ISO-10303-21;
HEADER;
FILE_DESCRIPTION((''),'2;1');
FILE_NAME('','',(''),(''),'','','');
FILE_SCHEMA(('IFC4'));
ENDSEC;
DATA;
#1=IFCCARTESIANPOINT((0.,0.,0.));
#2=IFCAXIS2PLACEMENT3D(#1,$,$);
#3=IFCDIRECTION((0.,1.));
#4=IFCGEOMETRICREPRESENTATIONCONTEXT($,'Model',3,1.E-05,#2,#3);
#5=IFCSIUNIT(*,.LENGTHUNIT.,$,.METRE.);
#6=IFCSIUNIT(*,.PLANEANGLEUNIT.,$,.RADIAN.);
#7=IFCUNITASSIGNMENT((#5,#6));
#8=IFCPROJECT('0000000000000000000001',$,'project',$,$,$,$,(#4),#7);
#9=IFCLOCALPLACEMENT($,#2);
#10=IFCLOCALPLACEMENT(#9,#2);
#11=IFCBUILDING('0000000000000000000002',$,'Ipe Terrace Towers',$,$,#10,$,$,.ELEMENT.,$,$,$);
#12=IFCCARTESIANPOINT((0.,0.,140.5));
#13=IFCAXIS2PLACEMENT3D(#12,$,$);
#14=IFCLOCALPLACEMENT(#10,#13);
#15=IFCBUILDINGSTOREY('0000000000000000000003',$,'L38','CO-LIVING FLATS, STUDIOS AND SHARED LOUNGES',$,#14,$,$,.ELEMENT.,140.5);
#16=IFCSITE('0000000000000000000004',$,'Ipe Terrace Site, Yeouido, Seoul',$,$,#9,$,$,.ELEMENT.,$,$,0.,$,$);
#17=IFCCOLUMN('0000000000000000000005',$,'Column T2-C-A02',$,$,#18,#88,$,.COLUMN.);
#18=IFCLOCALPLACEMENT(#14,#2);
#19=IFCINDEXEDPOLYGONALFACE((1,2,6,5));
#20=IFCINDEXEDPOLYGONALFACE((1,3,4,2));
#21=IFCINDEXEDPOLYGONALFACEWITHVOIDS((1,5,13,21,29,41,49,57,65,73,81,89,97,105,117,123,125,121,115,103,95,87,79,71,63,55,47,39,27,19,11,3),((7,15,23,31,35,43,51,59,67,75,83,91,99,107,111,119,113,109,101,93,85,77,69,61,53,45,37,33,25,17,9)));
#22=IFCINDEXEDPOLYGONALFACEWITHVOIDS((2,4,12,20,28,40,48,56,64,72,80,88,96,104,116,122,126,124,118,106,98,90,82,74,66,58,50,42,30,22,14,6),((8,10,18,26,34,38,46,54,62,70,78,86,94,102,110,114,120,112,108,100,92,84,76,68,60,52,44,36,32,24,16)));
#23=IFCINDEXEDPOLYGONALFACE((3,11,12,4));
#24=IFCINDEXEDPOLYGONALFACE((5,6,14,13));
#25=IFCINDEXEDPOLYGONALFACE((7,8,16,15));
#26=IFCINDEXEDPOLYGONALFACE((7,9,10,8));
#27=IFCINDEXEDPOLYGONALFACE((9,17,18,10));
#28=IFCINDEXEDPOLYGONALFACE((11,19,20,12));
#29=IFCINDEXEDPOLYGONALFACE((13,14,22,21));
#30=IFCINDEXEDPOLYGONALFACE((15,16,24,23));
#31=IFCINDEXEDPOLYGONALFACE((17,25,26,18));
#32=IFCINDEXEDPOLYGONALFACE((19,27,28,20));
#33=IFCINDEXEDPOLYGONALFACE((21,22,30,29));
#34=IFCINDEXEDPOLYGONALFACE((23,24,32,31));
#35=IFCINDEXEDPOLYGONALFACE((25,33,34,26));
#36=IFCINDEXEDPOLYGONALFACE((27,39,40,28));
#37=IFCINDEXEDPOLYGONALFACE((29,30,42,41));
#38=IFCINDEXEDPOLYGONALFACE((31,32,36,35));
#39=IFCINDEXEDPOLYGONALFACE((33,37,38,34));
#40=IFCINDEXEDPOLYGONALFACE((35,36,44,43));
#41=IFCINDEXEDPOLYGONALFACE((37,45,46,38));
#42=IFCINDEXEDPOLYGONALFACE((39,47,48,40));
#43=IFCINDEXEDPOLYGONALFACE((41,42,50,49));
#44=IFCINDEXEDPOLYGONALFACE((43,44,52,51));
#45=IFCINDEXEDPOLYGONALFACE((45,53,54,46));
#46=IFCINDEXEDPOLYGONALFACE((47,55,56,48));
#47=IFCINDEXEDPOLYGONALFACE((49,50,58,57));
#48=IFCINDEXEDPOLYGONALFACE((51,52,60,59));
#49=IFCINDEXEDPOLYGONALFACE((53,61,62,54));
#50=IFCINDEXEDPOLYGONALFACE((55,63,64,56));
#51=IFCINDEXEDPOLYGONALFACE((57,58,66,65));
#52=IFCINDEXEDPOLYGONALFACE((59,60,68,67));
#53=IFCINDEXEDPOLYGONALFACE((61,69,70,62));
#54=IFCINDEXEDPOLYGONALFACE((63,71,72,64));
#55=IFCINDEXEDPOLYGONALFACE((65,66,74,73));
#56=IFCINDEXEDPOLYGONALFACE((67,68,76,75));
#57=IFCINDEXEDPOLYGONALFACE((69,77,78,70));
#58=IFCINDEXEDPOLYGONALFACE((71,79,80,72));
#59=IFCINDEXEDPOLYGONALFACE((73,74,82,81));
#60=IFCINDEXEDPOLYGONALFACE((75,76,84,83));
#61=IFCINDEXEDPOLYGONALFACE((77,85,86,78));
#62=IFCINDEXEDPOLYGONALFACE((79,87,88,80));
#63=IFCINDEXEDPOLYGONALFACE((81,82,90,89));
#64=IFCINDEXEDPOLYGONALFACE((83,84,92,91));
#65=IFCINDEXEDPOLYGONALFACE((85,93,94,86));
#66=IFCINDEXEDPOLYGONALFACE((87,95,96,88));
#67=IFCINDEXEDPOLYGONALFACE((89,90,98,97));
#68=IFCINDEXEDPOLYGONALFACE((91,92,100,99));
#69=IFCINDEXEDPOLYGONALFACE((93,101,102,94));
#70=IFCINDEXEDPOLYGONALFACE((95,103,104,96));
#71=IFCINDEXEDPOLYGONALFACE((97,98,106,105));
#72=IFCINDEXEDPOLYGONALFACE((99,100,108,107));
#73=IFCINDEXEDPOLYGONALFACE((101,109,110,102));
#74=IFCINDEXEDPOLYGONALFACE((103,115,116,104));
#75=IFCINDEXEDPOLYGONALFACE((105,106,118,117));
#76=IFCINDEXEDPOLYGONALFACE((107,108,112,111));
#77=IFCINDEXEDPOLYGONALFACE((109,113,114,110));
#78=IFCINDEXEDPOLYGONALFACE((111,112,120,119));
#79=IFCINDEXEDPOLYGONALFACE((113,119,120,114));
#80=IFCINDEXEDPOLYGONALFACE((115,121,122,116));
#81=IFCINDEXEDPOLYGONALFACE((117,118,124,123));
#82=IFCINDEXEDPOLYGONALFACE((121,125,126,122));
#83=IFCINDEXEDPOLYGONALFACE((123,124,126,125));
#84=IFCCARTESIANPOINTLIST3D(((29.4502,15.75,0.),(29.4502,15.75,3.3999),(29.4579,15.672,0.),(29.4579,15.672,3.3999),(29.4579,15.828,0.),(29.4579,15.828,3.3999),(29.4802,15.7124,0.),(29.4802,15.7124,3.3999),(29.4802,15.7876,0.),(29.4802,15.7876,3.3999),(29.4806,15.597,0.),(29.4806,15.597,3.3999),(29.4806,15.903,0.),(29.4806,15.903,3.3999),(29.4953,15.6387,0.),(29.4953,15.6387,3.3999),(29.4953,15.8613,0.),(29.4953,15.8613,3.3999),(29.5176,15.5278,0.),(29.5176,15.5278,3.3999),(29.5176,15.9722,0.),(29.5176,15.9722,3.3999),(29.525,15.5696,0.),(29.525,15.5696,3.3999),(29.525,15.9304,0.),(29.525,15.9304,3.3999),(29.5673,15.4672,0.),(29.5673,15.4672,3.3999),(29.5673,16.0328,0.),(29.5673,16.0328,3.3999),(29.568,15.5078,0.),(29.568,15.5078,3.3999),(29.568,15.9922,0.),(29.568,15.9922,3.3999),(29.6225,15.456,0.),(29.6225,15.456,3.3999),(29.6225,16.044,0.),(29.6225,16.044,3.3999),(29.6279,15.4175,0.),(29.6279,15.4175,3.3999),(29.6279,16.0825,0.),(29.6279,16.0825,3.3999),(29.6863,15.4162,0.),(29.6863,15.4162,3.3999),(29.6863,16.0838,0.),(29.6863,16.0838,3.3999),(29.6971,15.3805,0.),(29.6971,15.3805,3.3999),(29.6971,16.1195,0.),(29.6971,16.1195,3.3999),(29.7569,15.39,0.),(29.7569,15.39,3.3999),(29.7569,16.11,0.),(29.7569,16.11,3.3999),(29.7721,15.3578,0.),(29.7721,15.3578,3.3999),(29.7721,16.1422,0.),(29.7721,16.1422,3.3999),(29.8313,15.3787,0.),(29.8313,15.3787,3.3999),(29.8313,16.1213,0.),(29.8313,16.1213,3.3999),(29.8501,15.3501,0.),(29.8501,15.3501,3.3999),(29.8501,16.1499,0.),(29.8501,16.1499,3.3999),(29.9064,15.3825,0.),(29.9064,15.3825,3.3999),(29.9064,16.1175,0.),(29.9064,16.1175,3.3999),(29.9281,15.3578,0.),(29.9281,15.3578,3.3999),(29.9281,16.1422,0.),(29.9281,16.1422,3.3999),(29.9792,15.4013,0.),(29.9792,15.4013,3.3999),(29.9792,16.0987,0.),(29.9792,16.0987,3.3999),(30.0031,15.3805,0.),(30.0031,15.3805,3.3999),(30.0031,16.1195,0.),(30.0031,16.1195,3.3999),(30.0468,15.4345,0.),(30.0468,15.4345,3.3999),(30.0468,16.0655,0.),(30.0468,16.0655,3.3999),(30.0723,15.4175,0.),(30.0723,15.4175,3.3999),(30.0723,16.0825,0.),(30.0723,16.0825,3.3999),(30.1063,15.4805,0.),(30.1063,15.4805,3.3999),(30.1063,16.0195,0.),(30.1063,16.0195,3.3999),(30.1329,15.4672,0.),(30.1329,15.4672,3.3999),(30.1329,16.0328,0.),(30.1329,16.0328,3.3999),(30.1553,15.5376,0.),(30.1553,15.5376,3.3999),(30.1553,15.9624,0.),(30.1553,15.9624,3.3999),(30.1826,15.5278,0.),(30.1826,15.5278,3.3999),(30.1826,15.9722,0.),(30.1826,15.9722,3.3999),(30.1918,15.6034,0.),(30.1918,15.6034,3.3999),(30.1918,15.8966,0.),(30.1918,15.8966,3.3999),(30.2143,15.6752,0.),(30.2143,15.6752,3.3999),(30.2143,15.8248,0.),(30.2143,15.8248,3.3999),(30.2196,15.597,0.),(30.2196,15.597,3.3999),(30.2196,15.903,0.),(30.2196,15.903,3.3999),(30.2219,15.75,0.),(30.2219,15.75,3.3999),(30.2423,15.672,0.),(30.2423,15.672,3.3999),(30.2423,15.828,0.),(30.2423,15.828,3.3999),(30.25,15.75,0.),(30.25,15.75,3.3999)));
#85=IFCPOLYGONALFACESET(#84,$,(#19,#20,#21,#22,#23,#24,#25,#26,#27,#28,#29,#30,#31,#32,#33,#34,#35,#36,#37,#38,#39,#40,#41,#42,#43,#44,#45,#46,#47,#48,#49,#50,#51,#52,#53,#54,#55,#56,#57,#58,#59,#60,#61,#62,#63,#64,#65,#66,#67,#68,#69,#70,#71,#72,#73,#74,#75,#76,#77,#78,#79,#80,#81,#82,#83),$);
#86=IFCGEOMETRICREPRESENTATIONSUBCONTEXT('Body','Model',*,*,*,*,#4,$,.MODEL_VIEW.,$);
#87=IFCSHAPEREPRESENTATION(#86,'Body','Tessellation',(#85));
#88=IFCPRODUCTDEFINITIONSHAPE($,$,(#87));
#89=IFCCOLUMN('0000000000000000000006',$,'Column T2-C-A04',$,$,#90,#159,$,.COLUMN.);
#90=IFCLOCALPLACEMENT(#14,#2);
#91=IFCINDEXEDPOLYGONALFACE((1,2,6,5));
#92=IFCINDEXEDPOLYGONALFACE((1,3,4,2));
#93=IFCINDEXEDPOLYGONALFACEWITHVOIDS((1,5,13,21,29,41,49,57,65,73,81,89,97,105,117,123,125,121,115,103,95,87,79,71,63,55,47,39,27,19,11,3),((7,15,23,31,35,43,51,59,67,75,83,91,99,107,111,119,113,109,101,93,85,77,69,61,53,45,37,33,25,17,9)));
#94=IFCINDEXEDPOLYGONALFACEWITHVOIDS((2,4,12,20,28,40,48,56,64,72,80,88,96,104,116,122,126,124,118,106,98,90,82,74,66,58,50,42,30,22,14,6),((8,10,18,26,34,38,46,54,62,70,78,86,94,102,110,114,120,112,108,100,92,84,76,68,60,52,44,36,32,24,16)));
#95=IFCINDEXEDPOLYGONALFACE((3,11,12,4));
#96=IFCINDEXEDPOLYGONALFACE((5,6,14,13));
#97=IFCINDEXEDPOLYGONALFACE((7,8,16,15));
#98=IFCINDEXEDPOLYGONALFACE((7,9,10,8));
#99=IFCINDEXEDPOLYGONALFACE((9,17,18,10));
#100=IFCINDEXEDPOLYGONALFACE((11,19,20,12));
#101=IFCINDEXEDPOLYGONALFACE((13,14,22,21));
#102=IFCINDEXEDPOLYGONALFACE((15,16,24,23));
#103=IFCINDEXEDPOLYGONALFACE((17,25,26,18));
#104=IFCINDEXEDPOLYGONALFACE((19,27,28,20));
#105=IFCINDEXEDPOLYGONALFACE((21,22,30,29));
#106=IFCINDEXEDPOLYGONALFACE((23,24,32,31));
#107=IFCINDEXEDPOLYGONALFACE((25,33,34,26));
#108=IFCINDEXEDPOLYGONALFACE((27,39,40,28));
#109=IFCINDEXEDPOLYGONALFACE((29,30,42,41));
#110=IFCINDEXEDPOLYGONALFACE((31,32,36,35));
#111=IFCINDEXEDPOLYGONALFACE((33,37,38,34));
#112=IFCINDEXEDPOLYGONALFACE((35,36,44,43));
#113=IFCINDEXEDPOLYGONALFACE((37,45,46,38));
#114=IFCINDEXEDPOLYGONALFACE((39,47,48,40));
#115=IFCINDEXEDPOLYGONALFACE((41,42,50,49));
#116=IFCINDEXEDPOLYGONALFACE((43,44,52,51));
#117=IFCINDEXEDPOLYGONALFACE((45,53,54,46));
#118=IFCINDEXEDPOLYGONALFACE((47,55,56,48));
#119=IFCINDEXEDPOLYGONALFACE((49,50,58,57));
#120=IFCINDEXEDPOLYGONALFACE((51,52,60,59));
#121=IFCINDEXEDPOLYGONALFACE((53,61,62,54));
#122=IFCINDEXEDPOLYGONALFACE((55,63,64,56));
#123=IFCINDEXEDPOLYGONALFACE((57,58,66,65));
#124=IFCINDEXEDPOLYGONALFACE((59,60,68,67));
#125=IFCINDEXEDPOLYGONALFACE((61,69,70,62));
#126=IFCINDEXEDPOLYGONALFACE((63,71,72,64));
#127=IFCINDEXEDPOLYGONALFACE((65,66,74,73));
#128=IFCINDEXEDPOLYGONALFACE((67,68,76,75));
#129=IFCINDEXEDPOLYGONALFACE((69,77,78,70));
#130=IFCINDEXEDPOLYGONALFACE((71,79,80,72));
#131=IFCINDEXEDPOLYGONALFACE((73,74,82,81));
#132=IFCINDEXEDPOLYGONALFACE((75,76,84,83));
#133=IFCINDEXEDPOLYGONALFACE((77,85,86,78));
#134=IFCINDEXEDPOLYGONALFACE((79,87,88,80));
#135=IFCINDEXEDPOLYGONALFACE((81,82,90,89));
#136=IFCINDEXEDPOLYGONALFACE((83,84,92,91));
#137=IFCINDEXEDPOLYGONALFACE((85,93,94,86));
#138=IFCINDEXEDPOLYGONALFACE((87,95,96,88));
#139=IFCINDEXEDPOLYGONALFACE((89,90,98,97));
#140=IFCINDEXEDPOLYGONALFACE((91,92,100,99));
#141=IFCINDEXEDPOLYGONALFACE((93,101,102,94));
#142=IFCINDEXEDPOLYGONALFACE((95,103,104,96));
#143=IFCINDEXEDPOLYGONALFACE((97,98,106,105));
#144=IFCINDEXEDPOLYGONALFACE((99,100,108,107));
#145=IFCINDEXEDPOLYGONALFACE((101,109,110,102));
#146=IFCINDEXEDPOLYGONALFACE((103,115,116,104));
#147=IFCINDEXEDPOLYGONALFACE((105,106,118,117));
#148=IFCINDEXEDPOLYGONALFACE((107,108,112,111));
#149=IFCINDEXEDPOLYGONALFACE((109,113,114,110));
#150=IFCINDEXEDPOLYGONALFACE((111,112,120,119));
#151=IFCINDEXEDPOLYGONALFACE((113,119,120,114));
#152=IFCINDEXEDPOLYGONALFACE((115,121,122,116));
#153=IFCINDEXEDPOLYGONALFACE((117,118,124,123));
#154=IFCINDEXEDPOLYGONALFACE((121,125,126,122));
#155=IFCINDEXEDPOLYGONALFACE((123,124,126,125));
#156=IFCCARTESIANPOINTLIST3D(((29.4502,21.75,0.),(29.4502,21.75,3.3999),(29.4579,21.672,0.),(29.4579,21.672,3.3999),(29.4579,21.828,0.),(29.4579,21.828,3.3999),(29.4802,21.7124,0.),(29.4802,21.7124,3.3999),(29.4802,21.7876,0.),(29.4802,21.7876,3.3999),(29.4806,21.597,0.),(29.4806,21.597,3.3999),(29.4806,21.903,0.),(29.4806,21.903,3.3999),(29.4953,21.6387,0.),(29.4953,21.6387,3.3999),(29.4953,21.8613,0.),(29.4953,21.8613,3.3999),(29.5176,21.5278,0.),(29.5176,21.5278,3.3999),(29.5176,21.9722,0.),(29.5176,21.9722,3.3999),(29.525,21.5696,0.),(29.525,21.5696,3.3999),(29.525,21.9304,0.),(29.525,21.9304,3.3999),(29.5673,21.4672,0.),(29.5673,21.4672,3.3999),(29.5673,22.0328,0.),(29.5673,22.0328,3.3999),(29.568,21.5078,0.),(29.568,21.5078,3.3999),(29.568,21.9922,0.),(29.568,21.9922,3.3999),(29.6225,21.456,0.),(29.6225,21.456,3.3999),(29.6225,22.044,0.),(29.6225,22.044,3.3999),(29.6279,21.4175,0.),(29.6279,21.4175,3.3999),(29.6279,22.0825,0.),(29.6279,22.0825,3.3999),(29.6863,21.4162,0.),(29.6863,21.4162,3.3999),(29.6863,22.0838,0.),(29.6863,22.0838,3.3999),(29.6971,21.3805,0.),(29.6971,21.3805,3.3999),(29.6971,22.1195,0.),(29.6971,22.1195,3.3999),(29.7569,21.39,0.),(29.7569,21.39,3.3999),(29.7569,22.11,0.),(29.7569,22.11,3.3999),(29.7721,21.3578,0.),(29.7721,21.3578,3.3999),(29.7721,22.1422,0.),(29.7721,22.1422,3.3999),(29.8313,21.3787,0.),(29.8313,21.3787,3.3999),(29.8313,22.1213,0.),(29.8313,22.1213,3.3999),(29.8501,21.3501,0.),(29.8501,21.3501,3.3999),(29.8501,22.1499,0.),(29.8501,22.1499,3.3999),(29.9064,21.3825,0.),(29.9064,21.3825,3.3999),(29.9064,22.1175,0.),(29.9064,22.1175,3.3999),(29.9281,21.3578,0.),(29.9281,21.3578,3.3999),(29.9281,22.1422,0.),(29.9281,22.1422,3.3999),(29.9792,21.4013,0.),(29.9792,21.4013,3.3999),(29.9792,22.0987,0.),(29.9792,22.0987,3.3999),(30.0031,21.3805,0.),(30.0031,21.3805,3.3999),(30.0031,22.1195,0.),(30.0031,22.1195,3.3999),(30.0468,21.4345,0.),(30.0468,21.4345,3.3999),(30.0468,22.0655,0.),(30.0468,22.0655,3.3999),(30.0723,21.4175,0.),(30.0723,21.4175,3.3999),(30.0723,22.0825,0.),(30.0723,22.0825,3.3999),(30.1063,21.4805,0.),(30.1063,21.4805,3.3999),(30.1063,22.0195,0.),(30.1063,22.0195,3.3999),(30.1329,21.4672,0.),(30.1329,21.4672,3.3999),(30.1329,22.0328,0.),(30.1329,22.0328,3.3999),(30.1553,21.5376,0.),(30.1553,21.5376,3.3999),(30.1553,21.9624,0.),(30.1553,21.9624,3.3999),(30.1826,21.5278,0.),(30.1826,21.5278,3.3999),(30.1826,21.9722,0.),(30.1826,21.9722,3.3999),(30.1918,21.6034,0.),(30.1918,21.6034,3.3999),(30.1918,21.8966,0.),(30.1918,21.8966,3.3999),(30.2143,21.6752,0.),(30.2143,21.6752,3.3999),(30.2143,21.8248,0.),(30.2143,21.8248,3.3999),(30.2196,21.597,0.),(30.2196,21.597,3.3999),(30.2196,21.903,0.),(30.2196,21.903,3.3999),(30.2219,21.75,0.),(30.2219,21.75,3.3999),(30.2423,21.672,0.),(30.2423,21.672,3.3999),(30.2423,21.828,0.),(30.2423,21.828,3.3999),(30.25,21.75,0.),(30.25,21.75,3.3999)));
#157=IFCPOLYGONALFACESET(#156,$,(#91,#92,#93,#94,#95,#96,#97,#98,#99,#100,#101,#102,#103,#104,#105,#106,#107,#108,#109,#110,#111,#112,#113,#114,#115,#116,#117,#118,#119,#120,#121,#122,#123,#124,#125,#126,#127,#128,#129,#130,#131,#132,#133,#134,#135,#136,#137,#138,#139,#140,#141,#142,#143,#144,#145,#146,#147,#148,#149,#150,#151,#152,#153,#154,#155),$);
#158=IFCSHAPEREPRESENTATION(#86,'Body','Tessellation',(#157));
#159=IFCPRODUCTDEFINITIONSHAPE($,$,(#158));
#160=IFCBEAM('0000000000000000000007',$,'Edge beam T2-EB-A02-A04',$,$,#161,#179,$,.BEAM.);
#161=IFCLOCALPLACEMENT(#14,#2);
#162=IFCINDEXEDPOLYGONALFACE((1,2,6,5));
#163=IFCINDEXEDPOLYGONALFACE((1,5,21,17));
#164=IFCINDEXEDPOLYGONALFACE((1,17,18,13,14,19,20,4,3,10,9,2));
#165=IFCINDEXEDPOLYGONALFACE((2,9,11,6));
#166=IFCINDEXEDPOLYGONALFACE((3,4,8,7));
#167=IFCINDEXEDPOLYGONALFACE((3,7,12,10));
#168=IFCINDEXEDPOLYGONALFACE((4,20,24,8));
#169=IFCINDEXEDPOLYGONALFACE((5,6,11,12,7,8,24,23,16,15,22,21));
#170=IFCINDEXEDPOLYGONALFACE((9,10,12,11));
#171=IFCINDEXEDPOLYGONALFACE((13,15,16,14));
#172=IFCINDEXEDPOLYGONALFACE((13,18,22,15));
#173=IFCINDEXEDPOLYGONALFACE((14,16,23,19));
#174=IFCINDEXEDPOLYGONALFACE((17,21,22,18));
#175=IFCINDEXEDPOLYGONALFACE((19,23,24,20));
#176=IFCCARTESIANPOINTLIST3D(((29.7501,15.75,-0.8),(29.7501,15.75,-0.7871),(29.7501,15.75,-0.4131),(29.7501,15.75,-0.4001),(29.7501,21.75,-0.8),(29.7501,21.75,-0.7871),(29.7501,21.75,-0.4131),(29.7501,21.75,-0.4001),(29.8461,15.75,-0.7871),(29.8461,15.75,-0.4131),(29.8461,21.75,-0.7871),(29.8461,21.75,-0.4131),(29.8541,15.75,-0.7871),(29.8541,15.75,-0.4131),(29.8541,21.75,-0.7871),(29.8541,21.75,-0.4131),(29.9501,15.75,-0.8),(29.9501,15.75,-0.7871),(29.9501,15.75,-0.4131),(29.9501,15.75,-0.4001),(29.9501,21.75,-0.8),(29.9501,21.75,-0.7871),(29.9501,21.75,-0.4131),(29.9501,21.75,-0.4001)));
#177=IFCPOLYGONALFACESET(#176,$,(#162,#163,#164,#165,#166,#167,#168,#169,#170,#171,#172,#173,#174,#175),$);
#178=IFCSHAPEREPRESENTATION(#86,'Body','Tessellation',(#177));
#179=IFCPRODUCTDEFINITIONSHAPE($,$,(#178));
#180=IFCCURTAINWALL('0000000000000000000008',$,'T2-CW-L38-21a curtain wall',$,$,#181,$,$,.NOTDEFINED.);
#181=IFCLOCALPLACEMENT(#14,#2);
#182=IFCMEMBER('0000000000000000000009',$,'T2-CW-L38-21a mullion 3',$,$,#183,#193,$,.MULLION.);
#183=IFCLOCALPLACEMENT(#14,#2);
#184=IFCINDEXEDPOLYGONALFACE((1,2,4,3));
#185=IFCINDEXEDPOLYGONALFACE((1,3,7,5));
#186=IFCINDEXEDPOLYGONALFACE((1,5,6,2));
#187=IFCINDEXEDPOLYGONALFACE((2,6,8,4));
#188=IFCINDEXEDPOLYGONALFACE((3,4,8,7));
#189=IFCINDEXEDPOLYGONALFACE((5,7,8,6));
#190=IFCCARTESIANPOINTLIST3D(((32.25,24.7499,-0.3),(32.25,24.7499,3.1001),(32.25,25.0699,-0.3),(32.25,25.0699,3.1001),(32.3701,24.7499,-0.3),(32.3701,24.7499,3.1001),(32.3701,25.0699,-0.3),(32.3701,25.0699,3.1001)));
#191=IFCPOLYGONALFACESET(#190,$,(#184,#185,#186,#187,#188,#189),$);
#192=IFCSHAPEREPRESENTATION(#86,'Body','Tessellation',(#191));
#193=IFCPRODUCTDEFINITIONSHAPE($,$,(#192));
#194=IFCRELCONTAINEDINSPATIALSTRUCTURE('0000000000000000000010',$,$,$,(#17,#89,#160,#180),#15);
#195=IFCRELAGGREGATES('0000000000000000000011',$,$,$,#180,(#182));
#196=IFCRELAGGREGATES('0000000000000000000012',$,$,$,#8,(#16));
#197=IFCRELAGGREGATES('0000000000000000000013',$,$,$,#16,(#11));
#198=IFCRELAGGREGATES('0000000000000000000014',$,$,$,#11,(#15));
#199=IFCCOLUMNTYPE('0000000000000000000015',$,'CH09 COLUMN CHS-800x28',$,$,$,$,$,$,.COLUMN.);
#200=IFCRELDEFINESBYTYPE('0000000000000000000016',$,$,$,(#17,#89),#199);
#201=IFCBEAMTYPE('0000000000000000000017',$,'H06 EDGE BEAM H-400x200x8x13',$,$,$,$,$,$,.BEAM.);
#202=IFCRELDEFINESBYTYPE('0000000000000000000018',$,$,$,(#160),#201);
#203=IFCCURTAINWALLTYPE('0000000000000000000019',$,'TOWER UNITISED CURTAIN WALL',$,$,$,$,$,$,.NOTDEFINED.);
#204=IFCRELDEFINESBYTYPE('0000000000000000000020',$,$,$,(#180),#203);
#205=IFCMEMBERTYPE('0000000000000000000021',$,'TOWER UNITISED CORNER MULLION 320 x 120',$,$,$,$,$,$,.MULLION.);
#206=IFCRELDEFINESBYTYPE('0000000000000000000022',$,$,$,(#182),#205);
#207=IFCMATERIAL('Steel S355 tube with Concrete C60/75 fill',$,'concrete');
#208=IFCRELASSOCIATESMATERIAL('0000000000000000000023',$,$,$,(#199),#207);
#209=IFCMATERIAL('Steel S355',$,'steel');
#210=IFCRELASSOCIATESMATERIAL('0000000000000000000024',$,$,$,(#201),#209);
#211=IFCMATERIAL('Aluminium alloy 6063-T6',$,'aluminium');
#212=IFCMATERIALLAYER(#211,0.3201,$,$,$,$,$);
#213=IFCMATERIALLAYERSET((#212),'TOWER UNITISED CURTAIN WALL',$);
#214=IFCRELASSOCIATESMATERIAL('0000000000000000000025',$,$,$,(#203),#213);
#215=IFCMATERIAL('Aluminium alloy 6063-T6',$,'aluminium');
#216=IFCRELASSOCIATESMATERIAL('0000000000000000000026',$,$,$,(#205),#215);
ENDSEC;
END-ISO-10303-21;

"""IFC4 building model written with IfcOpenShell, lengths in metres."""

from ifc_helpers import new_model, si_unit, direction, frame, origin, origin_2d, place, context, subcontext, project, spatial, rectangle, hollow_circle, i_section, extrude, material, layer, layer_set, material_profile, profile_set, type_object, element, aggregate, save


model = new_model("IFC4")

# Units and contexts
model_context = context("Model", 3, precision=1e-05, world=origin(), true_north=direction((0.0, 1.0)))
body_context = subcontext(model_context, "Body", "Model", "MODEL_VIEW")
ifc_project = project(units=[si_unit("LENGTHUNIT", "METRE"), si_unit("PLANEANGLEUNIT", "RADIAN")], contexts=[model_context])

# Site, building, storey
site_placement = place(None, origin())
site = spatial("IfcSite", under=ifc_project, at=site_placement, Name="Ipe Terrace Site, Yeouido, Seoul", CompositionType="ELEMENT", RefElevation=0.0)
building_placement = place(site_placement, origin())
building = spatial("IfcBuilding", under=site, at=building_placement, Name="Ipe Terrace Towers", CompositionType="ELEMENT")
storey_placement = place(building_placement, frame((0.0, 0.0, 140.5)))
storey = spatial("IfcBuildingStorey", under=building, at=storey_placement, Name="L38", Description="CO-LIVING FLATS, STUDIOS AND SHARED LOUNGES", CompositionType="ELEMENT", Elevation=140.5)

# Columns
ifc_material_1 = material(Name="Steel S355 tube with Concrete C60/75 fill", Category="concrete")
ifc_material_profile_1 = material_profile(ifc_material_1, hollow_circle(Radius=0.3999, WallThickness=0.0281, at=origin_2d()), Name="CHS-800x28")
ifc_profile_set_1 = profile_set([ifc_material_profile_1], Name="Steel S355 tube with Concrete C60/75 fill")
column_type = type_object("IfcColumnType", Name="CH09 COLUMN CHS-800x28", PredefinedType="COLUMN", material=ifc_profile_set_1)
for number, where, z_axis, x_axis, name in (
    (1, (29.8501, 15.75, 0.0), (0.0, 0.0, 1.0), (1.0, 0.0, 0.0), "Column T2-C-A02"),
    (2, (29.8501, 21.75, 0.0), (0.0, 0.0, 1.0), (1.0, 0.0, 0.0), "Column T2-C-A04"),
):
    element("IfcColumn", number, at=place(storey_placement, frame(where, z_axis=z_axis, x_axis=x_axis)), inside=storey, type_object=column_type, Name=name, PredefinedType="COLUMN", context=body_context, shape_type="SweptSolid", body=[
        extrude(hollow_circle(Radius=0.3999, WallThickness=0.0281, at=origin_2d()), origin(), (0.0, 0.0, 1.0), 3.3999),
    ])

# Beam
ifc_material_2 = material(Name="Steel S355", Category="steel")
ifc_material_profile_2 = material_profile(ifc_material_2, i_section(OverallWidth=0.2, OverallDepth=0.3999, WebThickness=0.0081, FlangeThickness=0.0129, at=origin_2d()), Name="H-400x200x8x13")
ifc_profile_set_2 = profile_set([ifc_material_profile_2], Name="Steel S355")
beam_type = type_object("IfcBeamType", Name="H06 EDGE BEAM H-400x200x8x13", PredefinedType="BEAM", material=ifc_profile_set_2)
beam_placement = place(storey_placement, frame((29.8501, 15.75, -0.6001), z_axis=(0.0, 1.0, 0.0), x_axis=(-1.0, 0.0, 0.0)))
element("IfcBeam", 3, at=beam_placement, inside=storey, type_object=beam_type, Name="Edge beam T2-EB-A02-A04", PredefinedType="BEAM", context=body_context, shape_type="SweptSolid", body=[
    extrude(i_section(OverallWidth=0.2, OverallDepth=0.3999, WebThickness=0.0081, FlangeThickness=0.0129, at=origin_2d()), origin(), (0.0, 0.0, 1.0), 6.0),
])

# Curtain wall, member
ifc_material_3 = material(Name="Aluminium alloy 6063-T6", Category="aluminium")
ifc_layer_1 = layer(ifc_material_3, 0.3201)
ifc_layer_set_1 = layer_set([ifc_layer_1], Name="TOWER UNITISED CURTAIN WALL")
curtain_wall_type = type_object("IfcCurtainWallType", Name="TOWER UNITISED CURTAIN WALL", PredefinedType="NOTDEFINED", material=ifc_layer_set_1)
curtain_wall_1_placement = place(storey_placement, origin())
curtain_wall_1 = element("IfcCurtainWall", 4, at=curtain_wall_1_placement, inside=storey, type_object=curtain_wall_type, Name="T2-CW-L38-21a curtain wall", PredefinedType="NOTDEFINED")
ifc_material_4 = material(Name="Aluminium alloy 6063-T6", Category="aluminium")
ifc_material_profile_3 = material_profile(ifc_material_4, rectangle(XDim=0.3201, YDim=0.1201, at=origin_2d()), Name="TOWER UNITISED CORNER MULLION 320 x 120")
ifc_profile_set_3 = profile_set([ifc_material_profile_3], Name="Aluminium alloy 6063-T6")
member_type = type_object("IfcMemberType", Name="TOWER UNITISED CORNER MULLION 320 x 120", PredefinedType="MULLION", material=ifc_profile_set_3)
member_1_placement = place(storey_placement, frame((32.3101, 24.9099, -0.3), z_axis=(0.0, 0.0, 1.0), x_axis=(0.0, 1.0, 0.0)))
member_1 = element("IfcMember", 5, at=member_1_placement, type_object=member_type, Name="T2-CW-L38-21a mullion 3", PredefinedType="MULLION", context=body_context, shape_type="SweptSolid", body=[
    extrude(rectangle(XDim=0.3201, YDim=0.1201, at=origin_2d()), origin(), (0.0, 0.0, 1.0), 3.4001),
])
aggregate(curtain_wall_1, [member_1])

save(model, "model.ifc")
